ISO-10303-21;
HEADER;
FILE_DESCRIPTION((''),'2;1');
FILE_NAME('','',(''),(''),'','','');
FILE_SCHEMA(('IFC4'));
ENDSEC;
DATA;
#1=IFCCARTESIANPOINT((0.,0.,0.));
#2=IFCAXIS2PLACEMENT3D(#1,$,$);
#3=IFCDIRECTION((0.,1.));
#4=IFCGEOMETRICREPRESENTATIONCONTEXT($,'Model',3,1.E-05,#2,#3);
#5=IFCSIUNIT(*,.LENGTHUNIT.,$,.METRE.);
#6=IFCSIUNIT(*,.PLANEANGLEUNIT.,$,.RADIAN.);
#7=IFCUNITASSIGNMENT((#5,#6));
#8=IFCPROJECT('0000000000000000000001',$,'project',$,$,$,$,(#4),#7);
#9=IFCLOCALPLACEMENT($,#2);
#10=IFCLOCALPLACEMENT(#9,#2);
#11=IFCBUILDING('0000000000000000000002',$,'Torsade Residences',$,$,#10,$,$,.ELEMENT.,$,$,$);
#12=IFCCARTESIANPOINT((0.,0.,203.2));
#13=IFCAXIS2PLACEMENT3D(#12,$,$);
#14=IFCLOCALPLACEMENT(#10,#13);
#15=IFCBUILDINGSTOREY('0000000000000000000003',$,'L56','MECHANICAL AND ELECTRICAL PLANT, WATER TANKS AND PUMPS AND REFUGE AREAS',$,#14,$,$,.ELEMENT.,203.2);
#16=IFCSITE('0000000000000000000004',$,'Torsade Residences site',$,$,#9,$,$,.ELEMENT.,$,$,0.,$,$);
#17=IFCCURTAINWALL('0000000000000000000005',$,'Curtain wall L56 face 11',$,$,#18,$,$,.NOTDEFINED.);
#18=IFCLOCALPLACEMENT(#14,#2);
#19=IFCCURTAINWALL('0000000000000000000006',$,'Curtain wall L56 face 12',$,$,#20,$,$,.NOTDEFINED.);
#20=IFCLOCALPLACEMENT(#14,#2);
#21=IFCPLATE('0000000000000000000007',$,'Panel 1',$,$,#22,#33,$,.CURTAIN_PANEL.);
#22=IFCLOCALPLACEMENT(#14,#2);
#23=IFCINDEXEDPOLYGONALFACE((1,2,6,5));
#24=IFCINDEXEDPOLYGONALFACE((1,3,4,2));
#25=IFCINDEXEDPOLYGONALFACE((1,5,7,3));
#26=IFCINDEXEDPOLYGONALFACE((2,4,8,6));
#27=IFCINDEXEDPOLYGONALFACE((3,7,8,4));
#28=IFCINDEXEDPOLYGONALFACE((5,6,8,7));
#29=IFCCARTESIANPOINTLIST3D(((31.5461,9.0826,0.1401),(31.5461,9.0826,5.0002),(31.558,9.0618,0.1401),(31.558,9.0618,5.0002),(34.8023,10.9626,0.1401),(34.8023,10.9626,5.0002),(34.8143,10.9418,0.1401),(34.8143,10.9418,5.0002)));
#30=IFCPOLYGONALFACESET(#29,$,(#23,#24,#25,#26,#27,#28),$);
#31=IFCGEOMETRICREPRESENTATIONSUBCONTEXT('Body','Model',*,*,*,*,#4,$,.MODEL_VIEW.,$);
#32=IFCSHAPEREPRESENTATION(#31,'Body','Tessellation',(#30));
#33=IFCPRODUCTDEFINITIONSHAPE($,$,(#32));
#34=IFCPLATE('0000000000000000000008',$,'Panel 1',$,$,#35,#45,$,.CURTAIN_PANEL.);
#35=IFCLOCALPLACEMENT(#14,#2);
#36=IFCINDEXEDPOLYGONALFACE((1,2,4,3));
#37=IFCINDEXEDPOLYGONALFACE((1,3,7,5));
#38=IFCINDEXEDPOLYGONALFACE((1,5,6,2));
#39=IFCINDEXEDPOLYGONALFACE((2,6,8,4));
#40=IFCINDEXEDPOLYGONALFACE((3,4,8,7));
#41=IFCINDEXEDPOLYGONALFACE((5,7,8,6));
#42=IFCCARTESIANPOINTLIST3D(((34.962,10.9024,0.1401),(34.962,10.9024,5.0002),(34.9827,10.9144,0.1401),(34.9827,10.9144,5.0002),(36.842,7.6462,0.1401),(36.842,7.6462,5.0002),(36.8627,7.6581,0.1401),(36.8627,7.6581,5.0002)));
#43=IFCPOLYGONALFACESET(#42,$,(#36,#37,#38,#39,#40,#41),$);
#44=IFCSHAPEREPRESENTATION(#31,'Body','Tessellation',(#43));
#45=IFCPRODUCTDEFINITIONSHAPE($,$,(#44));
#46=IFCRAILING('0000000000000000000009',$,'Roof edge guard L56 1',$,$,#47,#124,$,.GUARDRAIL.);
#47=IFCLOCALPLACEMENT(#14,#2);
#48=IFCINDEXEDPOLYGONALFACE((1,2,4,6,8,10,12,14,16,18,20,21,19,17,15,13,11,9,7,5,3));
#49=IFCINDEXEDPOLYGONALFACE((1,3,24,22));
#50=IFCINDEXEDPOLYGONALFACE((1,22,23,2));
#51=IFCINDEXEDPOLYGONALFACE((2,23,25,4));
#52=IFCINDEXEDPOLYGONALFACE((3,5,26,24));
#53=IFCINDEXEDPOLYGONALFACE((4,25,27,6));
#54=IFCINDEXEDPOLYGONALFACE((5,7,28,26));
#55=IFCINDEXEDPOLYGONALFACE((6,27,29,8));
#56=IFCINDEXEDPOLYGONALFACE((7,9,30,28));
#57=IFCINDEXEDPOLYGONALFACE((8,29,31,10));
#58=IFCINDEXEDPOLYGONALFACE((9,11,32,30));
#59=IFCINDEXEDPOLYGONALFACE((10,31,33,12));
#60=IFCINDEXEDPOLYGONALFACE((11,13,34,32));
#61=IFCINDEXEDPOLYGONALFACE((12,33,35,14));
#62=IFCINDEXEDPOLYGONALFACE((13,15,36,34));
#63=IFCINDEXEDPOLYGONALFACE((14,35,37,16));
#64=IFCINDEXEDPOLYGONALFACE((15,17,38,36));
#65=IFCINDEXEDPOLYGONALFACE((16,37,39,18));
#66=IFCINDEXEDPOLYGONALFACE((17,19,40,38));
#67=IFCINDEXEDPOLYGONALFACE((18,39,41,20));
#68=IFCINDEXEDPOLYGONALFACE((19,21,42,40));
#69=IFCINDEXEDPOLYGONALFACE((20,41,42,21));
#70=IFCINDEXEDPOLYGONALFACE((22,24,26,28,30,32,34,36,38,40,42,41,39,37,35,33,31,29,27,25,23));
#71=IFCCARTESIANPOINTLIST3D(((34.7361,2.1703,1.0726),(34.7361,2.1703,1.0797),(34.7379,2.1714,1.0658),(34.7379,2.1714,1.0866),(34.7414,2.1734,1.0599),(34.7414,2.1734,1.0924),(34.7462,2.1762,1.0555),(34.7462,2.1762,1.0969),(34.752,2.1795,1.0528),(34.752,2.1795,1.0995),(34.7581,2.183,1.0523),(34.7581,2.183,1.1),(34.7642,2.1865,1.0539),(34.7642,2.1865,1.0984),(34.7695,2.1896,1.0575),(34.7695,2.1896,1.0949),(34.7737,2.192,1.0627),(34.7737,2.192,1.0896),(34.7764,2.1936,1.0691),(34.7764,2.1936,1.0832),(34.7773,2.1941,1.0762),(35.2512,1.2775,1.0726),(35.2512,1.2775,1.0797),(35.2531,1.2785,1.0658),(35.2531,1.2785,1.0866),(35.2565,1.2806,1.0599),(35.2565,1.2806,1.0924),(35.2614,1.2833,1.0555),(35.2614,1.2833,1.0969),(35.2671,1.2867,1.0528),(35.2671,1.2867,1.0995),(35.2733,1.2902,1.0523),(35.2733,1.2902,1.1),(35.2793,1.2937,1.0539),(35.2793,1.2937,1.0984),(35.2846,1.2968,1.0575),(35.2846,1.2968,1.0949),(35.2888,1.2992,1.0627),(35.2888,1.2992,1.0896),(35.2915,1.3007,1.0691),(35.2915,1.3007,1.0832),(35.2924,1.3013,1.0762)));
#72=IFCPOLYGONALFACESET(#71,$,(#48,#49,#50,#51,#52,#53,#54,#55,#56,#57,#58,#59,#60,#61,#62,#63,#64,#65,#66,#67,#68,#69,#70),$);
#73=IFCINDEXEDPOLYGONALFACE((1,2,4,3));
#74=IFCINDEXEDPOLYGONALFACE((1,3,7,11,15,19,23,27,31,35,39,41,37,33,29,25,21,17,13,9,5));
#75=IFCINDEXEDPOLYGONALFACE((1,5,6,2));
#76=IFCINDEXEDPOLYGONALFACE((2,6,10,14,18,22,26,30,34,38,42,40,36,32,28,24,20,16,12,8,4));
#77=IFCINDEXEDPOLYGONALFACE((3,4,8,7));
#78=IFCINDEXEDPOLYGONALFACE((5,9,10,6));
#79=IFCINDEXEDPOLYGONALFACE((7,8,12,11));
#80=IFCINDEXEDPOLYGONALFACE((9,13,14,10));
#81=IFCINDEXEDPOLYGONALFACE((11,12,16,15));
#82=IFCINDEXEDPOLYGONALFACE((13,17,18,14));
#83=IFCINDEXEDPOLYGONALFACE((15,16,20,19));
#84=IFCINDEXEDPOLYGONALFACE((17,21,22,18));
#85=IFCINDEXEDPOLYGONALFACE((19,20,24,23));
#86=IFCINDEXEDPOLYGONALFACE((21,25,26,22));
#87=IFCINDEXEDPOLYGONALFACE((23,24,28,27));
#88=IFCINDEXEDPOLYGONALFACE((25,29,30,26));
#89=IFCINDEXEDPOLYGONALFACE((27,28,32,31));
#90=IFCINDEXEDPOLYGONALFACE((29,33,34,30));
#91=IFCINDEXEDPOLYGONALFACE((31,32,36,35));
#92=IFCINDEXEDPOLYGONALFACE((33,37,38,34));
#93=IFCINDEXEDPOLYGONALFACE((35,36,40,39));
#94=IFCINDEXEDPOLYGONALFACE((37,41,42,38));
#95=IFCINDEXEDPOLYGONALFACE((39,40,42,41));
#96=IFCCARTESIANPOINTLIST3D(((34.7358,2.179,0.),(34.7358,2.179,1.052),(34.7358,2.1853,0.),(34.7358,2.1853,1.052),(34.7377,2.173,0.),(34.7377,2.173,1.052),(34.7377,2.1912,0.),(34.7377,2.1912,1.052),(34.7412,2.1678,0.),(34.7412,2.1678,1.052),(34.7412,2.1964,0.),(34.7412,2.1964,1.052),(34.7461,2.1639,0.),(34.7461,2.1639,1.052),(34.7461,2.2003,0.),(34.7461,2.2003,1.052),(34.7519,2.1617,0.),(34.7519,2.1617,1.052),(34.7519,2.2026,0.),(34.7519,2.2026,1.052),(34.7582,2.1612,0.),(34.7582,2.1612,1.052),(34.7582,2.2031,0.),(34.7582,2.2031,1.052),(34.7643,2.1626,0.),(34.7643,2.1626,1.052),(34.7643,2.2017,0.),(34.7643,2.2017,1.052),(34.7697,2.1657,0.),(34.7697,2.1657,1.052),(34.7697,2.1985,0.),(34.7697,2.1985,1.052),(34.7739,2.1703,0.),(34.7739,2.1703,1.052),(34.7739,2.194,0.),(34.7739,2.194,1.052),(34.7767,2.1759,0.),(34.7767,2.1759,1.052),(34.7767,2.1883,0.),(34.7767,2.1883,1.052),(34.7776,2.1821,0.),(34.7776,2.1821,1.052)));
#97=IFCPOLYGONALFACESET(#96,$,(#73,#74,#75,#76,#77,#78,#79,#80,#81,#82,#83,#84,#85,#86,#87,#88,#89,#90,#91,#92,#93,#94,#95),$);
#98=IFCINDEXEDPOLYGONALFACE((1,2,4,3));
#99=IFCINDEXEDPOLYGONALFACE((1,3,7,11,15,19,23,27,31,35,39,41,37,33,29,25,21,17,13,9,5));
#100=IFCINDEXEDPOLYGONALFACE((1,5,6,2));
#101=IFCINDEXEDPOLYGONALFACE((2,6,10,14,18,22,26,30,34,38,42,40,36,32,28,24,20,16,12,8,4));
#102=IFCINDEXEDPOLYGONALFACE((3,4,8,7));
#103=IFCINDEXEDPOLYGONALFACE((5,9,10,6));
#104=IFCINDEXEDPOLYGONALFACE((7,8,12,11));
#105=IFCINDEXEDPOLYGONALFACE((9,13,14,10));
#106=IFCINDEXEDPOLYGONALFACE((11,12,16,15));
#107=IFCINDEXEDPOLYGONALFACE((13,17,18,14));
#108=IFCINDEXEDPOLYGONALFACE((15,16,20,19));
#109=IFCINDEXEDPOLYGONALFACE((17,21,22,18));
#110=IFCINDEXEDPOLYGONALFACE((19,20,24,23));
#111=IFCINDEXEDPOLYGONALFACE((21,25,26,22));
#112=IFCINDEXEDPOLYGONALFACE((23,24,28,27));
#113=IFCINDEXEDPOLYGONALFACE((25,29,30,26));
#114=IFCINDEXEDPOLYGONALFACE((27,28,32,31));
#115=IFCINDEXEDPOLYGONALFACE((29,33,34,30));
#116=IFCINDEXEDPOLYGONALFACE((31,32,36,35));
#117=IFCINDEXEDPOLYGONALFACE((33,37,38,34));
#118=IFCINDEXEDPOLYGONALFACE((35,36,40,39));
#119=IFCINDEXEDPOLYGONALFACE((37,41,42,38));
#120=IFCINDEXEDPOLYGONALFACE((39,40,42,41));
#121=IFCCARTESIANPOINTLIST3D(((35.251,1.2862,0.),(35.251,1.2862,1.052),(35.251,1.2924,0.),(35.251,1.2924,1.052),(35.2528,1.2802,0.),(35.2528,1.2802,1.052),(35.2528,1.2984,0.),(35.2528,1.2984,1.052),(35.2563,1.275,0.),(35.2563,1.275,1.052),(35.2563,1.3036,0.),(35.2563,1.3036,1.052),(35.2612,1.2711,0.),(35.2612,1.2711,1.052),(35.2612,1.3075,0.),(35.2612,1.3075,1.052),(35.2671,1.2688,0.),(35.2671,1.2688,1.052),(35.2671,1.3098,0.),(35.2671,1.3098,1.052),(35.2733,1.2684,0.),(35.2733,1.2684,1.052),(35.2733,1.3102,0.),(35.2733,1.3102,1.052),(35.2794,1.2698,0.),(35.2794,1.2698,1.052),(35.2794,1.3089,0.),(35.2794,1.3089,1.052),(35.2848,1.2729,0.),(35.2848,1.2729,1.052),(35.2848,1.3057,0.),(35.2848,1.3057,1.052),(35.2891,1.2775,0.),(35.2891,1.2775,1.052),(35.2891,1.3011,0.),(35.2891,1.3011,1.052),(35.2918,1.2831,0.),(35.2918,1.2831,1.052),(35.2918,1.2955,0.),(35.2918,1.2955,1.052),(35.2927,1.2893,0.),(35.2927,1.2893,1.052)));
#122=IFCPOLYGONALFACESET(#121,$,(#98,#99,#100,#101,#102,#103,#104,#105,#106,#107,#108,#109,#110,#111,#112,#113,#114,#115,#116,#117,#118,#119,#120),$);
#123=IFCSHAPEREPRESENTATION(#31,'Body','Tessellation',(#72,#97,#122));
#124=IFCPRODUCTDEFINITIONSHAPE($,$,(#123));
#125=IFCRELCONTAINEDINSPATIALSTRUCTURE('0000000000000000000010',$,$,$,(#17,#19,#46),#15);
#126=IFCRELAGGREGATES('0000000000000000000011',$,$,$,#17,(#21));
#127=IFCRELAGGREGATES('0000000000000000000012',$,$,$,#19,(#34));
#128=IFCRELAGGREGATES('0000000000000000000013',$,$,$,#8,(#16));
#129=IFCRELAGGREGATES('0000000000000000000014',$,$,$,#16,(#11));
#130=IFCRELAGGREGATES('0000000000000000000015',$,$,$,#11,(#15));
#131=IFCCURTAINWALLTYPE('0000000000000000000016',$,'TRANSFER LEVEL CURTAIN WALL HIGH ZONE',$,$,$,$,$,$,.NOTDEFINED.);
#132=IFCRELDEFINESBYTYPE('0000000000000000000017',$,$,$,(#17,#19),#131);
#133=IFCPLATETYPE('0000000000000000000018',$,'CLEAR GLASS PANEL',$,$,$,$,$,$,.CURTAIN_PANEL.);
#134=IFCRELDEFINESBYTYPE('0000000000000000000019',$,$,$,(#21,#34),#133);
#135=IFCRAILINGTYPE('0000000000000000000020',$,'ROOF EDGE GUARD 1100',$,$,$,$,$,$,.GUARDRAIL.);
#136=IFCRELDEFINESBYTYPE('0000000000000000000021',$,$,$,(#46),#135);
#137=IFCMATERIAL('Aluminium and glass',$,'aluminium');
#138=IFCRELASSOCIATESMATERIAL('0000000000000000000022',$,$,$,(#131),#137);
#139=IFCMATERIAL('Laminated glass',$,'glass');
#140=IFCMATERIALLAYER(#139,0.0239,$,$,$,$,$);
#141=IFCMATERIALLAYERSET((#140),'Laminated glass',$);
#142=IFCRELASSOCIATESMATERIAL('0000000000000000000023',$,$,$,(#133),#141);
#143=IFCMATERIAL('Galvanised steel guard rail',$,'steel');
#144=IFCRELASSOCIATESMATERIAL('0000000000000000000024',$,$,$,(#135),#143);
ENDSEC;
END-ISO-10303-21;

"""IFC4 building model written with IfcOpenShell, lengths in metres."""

from ifc_helpers import new_model, si_unit, direction, frame, origin, origin_2d, place, context, subcontext, project, spatial, rectangle, circle, extrude, material, layer, layer_set, type_object, element, aggregate, save


model = new_model("IFC4")

# Units and contexts
model_context = context("Model", 3, precision=1e-05, world=origin(), true_north=direction((0.0, 1.0)))
body_context = subcontext(model_context, "Body", "Model", "MODEL_VIEW")
ifc_project = project(units=[si_unit("LENGTHUNIT", "METRE"), si_unit("PLANEANGLEUNIT", "RADIAN")], contexts=[model_context])

# Site, building, storey
site_placement = place(None, origin())
site = spatial("IfcSite", under=ifc_project, at=site_placement, Name="Torsade Residences site", CompositionType="ELEMENT", RefElevation=0.0)
building_placement = place(site_placement, origin())
building = spatial("IfcBuilding", under=site, at=building_placement, Name="Torsade Residences", CompositionType="ELEMENT")
storey_placement = place(building_placement, frame((0.0, 0.0, 203.2)))
storey = spatial("IfcBuildingStorey", under=building, at=storey_placement, Name="L56", Description="MECHANICAL AND ELECTRICAL PLANT, WATER TANKS AND PUMPS AND REFUGE AREAS", CompositionType="ELEMENT", Elevation=203.2)

# Shared definitions
ifc_material_1 = material(Name="Aluminium and glass", Category="aluminium")
curtain_wall_type = type_object("IfcCurtainWallType", Name="TRANSFER LEVEL CURTAIN WALL HIGH ZONE", PredefinedType="NOTDEFINED", material=ifc_material_1)

# Curtain walls
curtain_wall_1_placement = place(storey_placement, origin())
curtain_wall_1 = element("IfcCurtainWall", 1, at=curtain_wall_1_placement, inside=storey, type_object=curtain_wall_type, Name="Curtain wall L56 face 11", PredefinedType="NOTDEFINED")
curtain_wall_2_placement = place(storey_placement, origin())
curtain_wall_2 = element("IfcCurtainWall", 2, at=curtain_wall_2_placement, inside=storey, type_object=curtain_wall_type, Name="Curtain wall L56 face 12", PredefinedType="NOTDEFINED")

# Plates
ifc_material_2 = material(Name="Laminated glass", Category="glass")
ifc_layer = layer(ifc_material_2, 0.0239)
ifc_layer_set = layer_set([ifc_layer], Name="Laminated glass")
plate_type = type_object("IfcPlateType", Name="CLEAR GLASS PANEL", PredefinedType="CURTAIN_PANEL", material=ifc_layer_set)
plate_1_placement = place(storey_placement, frame((33.1802, 10.0122, 0.1401), z_axis=(0.0, 0.0, 1.0), x_axis=(0.866025, 0.5, 0.0)))
plate_1 = element("IfcPlate", 3, at=plate_1_placement, type_object=plate_type, Name="Panel 1", PredefinedType="CURTAIN_PANEL", context=body_context, shape_type="SweptSolid", body=[
    extrude(rectangle(XDim=3.76, YDim=0.0239, at=origin_2d()), origin(), (0.0, 0.0, 1.0), 4.8601),
])
aggregate(curtain_wall_1, [plate_1])
plate_2_placement = place(storey_placement, frame((35.9124, 9.2803, 0.1401), z_axis=(0.0, 0.0, 1.0), x_axis=(0.5, -0.866025, 0.0)))
plate_2 = element("IfcPlate", 4, at=plate_2_placement, type_object=plate_type, Name="Panel 1", PredefinedType="CURTAIN_PANEL", context=body_context, shape_type="SweptSolid", body=[
    extrude(rectangle(XDim=3.76, YDim=0.0239, at=origin_2d()), origin(), (0.0, 0.0, 1.0), 4.8601),
])
aggregate(curtain_wall_2, [plate_2])

# Railing
ifc_material_3 = material(Name="Galvanised steel guard rail", Category="steel")
railing_type = type_object("IfcRailingType", Name="ROOF EDGE GUARD 1100", PredefinedType="GUARDRAIL", material=ifc_material_3)
railing_1_placement = place(storey_placement, frame((34.7566, 2.1821, 0.0)))
element("IfcRailing", 5, at=railing_1_placement, inside=storey, type_object=railing_type, Name="Roof edge guard L56 1", PredefinedType="GUARDRAIL", context=body_context, shape_type="SweptSolid", body=[
    extrude(circle(Radius=0.0239, at=origin_2d()), frame((0.0, 0.0, 1.0762), z_axis=(0.499757, -0.866166, 0.0), x_axis=(0.866166, 0.499757, 0.0)), (0.0, 0.0, 1.0), 1.0308),
    extrude(circle(Radius=0.021, at=origin_2d()), origin(), (0.0, 0.0, 1.0), 1.052),
    extrude(circle(Radius=0.021, at=origin_2d()), frame((0.5151, -0.8928, 0.0)), (0.0, 0.0, 1.0), 1.052),
])

save(model, "model.ifc")
